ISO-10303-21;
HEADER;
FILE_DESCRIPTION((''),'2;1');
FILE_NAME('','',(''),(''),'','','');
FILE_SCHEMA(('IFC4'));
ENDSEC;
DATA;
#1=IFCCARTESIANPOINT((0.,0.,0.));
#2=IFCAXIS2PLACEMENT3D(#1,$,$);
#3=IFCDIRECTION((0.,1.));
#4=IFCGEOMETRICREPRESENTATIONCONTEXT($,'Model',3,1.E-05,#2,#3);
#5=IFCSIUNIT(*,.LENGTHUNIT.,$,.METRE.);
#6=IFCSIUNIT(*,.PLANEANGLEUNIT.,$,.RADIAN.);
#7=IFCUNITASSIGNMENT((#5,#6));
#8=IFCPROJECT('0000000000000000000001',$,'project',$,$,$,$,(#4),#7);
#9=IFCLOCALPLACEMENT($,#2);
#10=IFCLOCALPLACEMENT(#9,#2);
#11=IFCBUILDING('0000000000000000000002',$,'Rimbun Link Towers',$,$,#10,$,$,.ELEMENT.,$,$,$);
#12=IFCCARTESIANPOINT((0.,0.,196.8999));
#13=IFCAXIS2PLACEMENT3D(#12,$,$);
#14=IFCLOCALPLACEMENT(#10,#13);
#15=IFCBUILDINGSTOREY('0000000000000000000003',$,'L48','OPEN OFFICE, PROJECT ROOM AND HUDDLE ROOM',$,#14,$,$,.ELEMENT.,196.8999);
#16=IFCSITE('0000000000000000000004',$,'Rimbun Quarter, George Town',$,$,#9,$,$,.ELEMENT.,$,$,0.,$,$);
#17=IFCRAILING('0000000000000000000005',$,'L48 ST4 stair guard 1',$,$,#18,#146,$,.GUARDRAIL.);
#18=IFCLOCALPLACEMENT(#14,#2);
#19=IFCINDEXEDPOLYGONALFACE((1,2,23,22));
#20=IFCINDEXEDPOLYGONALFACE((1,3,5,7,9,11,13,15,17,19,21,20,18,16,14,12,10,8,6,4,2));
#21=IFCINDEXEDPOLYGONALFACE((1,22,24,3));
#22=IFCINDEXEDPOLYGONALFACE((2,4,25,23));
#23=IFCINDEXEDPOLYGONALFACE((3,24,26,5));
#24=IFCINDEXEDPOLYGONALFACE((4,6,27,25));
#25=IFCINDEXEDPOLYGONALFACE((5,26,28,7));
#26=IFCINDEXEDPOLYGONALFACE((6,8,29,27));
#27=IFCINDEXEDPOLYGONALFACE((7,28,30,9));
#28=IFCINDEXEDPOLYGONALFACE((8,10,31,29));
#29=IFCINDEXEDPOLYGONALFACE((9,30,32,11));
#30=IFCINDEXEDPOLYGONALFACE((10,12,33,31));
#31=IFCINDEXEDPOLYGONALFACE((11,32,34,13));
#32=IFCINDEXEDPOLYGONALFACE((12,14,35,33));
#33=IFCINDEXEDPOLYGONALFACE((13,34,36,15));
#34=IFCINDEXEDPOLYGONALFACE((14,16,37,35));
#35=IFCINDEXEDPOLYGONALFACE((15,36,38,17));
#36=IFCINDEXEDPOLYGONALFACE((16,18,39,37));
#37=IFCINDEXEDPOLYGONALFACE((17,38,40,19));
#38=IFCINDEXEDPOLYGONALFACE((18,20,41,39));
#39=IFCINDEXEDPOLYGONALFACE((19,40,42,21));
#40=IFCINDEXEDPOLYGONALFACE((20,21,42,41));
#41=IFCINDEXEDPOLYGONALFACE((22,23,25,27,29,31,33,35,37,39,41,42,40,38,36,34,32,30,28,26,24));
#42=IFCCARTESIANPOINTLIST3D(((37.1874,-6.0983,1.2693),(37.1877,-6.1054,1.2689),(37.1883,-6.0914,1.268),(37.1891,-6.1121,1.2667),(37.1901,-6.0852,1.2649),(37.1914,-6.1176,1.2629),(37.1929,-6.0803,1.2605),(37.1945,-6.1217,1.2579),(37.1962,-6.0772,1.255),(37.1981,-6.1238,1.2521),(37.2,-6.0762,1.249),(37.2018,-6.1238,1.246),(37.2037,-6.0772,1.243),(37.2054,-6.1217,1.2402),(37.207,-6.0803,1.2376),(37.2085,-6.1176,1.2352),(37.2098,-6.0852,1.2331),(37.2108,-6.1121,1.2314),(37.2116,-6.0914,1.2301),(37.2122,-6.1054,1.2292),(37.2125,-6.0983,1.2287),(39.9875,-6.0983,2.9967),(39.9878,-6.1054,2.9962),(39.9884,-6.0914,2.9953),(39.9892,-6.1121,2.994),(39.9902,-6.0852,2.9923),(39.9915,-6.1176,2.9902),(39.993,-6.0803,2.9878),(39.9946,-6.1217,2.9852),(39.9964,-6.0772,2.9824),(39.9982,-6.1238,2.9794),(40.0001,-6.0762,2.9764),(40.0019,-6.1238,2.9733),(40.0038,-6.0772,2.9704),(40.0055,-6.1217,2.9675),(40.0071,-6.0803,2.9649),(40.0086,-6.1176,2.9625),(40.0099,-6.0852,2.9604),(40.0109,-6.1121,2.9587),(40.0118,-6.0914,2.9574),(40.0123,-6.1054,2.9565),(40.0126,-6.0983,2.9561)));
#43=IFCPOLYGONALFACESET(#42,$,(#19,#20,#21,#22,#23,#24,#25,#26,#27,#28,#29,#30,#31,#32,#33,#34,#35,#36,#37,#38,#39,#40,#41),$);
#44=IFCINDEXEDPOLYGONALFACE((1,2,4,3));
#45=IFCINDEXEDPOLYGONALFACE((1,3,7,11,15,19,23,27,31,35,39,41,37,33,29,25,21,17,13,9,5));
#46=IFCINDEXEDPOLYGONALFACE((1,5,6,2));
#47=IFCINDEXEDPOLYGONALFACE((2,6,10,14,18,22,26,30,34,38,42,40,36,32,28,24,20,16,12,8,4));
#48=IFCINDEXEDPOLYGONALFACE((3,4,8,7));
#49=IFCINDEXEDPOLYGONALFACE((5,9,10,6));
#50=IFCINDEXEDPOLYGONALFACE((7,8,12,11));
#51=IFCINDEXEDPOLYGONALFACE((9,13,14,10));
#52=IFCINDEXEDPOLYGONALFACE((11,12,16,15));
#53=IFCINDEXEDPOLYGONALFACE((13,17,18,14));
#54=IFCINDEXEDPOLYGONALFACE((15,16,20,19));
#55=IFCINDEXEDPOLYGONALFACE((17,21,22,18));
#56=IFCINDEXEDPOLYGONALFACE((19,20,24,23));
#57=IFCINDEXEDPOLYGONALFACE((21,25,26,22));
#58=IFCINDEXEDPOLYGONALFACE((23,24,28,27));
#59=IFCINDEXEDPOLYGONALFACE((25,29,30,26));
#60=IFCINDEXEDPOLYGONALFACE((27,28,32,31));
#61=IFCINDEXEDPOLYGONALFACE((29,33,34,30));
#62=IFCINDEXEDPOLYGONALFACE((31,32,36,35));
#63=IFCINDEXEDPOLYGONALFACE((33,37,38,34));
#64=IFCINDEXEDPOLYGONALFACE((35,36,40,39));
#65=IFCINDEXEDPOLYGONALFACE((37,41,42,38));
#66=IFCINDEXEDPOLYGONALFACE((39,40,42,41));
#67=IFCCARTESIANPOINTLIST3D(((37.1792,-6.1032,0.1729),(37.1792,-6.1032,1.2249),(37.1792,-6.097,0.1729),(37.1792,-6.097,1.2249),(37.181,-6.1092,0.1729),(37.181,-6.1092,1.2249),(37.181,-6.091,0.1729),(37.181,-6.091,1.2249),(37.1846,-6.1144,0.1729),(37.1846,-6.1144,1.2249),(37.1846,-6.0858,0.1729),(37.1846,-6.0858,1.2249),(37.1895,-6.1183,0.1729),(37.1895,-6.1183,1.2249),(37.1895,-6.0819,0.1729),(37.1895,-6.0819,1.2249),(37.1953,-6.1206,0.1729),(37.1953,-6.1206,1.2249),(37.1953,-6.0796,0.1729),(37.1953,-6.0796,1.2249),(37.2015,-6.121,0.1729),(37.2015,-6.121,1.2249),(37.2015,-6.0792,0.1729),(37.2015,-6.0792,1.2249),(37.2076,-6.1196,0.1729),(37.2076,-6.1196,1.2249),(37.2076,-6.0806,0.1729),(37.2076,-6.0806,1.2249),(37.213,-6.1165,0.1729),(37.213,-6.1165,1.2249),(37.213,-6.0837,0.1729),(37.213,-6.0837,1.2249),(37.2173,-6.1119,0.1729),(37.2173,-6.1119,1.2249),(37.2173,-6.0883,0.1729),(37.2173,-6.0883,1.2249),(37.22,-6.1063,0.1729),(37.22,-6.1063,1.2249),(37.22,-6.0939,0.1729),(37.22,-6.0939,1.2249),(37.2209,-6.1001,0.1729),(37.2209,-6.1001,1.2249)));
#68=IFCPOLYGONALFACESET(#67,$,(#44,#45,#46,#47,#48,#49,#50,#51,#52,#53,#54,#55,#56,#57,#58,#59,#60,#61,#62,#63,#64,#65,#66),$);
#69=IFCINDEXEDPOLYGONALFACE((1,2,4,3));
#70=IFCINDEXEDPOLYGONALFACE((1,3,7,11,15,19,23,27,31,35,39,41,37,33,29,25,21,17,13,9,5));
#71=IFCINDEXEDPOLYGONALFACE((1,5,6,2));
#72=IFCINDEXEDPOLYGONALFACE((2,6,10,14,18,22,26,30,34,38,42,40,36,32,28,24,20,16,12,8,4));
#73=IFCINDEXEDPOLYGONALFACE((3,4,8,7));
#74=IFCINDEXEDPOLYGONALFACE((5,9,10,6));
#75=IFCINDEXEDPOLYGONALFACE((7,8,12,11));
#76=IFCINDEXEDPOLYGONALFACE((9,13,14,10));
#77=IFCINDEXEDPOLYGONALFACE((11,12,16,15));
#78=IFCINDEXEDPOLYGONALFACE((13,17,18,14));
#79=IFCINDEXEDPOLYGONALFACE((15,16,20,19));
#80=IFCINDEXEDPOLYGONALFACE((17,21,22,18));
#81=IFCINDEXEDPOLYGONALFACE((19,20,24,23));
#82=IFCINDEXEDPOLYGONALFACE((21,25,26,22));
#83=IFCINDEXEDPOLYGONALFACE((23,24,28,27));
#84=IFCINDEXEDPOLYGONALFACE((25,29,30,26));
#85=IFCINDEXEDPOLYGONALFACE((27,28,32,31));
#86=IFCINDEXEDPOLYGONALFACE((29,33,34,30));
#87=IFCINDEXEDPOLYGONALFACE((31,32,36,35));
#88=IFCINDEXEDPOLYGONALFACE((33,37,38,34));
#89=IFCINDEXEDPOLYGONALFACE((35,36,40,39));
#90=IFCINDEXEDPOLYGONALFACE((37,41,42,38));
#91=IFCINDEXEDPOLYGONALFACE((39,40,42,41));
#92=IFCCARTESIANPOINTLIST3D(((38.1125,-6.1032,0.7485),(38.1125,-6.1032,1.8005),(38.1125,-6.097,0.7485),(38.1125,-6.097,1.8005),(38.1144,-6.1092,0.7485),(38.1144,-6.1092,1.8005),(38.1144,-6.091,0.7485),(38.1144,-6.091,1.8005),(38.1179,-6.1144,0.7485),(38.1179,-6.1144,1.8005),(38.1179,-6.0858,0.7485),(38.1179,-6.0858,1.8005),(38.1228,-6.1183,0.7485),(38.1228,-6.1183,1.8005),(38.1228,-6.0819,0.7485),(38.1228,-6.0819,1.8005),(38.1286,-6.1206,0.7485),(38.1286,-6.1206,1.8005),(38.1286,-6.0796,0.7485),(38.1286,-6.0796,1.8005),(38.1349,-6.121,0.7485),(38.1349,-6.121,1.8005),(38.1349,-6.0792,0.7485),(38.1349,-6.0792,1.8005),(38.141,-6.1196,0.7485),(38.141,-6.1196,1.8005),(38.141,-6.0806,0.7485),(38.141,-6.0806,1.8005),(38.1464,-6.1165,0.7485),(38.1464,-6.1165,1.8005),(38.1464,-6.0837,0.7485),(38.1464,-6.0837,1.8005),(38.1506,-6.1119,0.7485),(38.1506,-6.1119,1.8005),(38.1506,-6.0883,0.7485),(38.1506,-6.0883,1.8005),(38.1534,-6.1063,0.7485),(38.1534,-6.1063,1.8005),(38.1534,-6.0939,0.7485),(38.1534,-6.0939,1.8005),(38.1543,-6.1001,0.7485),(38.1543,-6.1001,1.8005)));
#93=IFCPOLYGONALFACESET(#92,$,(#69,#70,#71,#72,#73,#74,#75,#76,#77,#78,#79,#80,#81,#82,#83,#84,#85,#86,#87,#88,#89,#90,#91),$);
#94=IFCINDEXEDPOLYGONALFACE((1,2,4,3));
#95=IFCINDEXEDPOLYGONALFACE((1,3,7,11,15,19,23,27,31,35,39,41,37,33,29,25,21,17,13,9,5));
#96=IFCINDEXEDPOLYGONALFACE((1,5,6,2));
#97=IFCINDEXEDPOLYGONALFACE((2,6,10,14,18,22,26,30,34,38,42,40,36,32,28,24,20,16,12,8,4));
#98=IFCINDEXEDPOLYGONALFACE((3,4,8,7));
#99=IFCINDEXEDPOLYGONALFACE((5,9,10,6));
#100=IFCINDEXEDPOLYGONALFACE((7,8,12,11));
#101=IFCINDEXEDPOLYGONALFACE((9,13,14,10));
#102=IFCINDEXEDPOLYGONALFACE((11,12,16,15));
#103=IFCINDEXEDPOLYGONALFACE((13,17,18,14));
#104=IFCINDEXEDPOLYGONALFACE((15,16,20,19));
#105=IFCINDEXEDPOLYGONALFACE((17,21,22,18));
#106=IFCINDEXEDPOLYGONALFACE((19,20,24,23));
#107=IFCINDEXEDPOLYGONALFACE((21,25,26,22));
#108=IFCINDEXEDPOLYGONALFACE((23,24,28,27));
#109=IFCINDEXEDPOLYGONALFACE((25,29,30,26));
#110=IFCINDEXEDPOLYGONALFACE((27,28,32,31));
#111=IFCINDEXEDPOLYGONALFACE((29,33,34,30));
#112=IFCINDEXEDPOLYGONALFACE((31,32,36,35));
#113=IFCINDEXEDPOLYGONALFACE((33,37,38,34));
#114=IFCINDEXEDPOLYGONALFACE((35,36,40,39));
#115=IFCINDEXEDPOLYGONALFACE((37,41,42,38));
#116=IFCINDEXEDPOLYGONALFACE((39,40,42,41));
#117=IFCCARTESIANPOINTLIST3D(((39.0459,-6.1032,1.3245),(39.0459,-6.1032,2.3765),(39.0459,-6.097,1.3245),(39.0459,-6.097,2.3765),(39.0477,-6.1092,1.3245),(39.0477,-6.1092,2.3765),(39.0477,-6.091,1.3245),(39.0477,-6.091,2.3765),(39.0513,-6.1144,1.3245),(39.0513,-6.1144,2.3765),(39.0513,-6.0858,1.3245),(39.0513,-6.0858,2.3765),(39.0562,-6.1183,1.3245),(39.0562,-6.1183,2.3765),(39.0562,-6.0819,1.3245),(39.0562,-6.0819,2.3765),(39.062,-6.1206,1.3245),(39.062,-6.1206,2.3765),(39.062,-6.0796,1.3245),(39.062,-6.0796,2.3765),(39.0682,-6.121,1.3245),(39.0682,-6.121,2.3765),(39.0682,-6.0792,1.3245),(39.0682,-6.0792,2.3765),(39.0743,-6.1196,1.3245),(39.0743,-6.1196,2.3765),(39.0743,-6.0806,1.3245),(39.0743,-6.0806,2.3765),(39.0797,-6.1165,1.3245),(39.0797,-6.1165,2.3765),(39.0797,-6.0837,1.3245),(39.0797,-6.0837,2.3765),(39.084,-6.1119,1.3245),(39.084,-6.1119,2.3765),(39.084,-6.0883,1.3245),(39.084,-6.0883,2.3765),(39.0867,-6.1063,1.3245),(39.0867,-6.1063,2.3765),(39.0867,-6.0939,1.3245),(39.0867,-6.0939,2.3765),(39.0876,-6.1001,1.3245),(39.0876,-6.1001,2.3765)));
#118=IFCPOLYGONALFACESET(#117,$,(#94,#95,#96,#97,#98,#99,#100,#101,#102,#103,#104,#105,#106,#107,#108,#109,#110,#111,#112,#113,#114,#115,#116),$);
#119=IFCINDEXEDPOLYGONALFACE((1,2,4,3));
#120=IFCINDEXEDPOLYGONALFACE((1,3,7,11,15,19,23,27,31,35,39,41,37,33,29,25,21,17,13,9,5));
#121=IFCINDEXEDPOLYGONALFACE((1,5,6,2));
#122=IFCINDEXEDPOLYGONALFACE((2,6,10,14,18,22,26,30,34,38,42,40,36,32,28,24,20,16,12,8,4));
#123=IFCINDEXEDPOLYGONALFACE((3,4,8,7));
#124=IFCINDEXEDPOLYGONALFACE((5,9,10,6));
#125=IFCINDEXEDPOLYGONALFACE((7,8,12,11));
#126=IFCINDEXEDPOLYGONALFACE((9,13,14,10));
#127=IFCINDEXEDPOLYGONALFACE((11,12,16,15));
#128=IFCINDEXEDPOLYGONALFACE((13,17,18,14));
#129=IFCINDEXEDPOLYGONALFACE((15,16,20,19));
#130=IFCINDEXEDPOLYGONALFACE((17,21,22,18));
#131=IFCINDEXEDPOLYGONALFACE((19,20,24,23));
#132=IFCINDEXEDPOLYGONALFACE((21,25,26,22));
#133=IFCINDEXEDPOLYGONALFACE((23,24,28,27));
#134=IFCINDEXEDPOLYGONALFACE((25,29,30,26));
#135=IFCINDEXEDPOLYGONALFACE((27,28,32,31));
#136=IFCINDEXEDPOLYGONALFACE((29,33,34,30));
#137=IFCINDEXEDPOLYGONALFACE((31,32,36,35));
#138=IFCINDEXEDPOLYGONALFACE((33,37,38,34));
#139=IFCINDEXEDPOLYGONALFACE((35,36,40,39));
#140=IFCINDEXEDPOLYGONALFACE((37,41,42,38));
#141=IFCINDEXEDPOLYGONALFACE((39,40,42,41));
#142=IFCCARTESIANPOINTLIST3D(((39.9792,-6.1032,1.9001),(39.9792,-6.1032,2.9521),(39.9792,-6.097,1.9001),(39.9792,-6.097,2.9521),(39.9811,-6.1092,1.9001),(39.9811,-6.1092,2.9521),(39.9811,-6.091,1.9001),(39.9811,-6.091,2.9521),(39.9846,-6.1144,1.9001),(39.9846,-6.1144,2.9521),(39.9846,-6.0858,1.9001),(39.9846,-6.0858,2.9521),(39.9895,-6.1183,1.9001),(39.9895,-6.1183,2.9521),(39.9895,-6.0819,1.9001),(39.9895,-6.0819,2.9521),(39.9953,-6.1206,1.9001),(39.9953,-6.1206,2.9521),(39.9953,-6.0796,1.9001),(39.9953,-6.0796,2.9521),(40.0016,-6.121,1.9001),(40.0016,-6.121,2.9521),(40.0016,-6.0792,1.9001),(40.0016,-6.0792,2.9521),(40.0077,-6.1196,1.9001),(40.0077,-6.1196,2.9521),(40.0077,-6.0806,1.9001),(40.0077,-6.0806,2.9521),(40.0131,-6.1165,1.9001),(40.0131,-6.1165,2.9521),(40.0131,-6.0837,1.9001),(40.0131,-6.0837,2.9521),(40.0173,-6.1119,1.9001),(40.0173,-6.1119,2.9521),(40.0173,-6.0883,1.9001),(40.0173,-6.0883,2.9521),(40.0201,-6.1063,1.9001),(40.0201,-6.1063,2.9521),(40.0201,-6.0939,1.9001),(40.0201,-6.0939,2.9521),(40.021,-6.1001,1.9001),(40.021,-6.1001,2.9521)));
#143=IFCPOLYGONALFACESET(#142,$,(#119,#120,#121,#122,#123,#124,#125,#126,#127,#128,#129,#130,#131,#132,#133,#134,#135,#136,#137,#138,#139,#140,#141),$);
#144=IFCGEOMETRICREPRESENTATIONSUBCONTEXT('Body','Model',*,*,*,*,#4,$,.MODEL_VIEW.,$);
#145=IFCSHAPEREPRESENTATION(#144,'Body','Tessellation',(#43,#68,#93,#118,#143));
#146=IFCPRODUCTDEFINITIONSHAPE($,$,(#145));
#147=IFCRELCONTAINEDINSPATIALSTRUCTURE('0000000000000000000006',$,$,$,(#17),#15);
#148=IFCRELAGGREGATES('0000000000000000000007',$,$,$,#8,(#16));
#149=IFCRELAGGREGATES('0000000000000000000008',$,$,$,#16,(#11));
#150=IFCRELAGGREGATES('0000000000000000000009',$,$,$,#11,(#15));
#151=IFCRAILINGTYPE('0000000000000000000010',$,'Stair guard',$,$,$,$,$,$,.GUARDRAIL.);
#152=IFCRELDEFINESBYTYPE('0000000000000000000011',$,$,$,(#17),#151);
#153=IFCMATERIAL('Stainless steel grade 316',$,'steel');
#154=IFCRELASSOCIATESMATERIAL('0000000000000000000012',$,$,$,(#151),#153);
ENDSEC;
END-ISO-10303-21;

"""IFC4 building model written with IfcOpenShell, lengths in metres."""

from ifc_helpers import new_model, si_unit, direction, frame, origin, origin_2d, place, context, subcontext, project, spatial, circle, extrude, material, type_object, element, save


model = new_model("IFC4")

# Units and contexts
model_context = context("Model", 3, precision=1e-05, world=origin(), true_north=direction((0.0, 1.0)))
body_context = subcontext(model_context, "Body", "Model", "MODEL_VIEW")
ifc_project = project(units=[si_unit("LENGTHUNIT", "METRE"), si_unit("PLANEANGLEUNIT", "RADIAN")], contexts=[model_context])

# Site, building, storey
site_placement = place(None, origin())
site = spatial("IfcSite", under=ifc_project, at=site_placement, Name="Rimbun Quarter, George Town", CompositionType="ELEMENT", RefElevation=0.0)
building_placement = place(site_placement, origin())
building = spatial("IfcBuilding", under=site, at=building_placement, Name="Rimbun Link Towers", CompositionType="ELEMENT")
storey_placement = place(building_placement, frame((0.0, 0.0, 196.8999)))
storey = spatial("IfcBuildingStorey", under=building, at=storey_placement, Name="L48", Description="OPEN OFFICE, PROJECT ROOM AND HUDDLE ROOM", CompositionType="ELEMENT", Elevation=196.8999)

# Railing
ifc_material_1 = material(Name="Stainless steel grade 316", Category="steel")
railing_type_1 = type_object("IfcRailingType", Name="Stair guard", PredefinedType="GUARDRAIL", material=ifc_material_1)
railing_1_placement = place(storey_placement, frame((37.2, -6.1001, 0.1729)))
element("IfcRailing", 1, at=railing_1_placement, inside=storey, type_object=railing_type_1, Name="L48 ST4 stair guard 1", PredefinedType="GUARDRAIL", context=body_context, shape_type="SweptSolid", body=[
    extrude(circle(Radius=0.0239, at=origin_2d()), frame((0.0, 0.0, 1.0762), z_axis=(0.85109, 0.0, 0.52502), x_axis=(0.0, 1.0, 0.0)), (0.0, 0.0, 1.0), 3.29),
    extrude(circle(Radius=0.021, at=origin_2d()), origin(), (0.0, 0.0, 1.0), 1.052),
    extrude(circle(Radius=0.021, at=origin_2d()), frame((0.9333, 0.0, 0.5757)), (0.0, 0.0, 1.0), 1.052),
    extrude(circle(Radius=0.021, at=origin_2d()), frame((1.8667, 0.0, 1.1516)), (0.0, 0.0, 1.0), 1.052),
    extrude(circle(Radius=0.021, at=origin_2d()), frame((2.8, 0.0, 1.7273)), (0.0, 0.0, 1.0), 1.052),
])

save(model, "model.ifc")
